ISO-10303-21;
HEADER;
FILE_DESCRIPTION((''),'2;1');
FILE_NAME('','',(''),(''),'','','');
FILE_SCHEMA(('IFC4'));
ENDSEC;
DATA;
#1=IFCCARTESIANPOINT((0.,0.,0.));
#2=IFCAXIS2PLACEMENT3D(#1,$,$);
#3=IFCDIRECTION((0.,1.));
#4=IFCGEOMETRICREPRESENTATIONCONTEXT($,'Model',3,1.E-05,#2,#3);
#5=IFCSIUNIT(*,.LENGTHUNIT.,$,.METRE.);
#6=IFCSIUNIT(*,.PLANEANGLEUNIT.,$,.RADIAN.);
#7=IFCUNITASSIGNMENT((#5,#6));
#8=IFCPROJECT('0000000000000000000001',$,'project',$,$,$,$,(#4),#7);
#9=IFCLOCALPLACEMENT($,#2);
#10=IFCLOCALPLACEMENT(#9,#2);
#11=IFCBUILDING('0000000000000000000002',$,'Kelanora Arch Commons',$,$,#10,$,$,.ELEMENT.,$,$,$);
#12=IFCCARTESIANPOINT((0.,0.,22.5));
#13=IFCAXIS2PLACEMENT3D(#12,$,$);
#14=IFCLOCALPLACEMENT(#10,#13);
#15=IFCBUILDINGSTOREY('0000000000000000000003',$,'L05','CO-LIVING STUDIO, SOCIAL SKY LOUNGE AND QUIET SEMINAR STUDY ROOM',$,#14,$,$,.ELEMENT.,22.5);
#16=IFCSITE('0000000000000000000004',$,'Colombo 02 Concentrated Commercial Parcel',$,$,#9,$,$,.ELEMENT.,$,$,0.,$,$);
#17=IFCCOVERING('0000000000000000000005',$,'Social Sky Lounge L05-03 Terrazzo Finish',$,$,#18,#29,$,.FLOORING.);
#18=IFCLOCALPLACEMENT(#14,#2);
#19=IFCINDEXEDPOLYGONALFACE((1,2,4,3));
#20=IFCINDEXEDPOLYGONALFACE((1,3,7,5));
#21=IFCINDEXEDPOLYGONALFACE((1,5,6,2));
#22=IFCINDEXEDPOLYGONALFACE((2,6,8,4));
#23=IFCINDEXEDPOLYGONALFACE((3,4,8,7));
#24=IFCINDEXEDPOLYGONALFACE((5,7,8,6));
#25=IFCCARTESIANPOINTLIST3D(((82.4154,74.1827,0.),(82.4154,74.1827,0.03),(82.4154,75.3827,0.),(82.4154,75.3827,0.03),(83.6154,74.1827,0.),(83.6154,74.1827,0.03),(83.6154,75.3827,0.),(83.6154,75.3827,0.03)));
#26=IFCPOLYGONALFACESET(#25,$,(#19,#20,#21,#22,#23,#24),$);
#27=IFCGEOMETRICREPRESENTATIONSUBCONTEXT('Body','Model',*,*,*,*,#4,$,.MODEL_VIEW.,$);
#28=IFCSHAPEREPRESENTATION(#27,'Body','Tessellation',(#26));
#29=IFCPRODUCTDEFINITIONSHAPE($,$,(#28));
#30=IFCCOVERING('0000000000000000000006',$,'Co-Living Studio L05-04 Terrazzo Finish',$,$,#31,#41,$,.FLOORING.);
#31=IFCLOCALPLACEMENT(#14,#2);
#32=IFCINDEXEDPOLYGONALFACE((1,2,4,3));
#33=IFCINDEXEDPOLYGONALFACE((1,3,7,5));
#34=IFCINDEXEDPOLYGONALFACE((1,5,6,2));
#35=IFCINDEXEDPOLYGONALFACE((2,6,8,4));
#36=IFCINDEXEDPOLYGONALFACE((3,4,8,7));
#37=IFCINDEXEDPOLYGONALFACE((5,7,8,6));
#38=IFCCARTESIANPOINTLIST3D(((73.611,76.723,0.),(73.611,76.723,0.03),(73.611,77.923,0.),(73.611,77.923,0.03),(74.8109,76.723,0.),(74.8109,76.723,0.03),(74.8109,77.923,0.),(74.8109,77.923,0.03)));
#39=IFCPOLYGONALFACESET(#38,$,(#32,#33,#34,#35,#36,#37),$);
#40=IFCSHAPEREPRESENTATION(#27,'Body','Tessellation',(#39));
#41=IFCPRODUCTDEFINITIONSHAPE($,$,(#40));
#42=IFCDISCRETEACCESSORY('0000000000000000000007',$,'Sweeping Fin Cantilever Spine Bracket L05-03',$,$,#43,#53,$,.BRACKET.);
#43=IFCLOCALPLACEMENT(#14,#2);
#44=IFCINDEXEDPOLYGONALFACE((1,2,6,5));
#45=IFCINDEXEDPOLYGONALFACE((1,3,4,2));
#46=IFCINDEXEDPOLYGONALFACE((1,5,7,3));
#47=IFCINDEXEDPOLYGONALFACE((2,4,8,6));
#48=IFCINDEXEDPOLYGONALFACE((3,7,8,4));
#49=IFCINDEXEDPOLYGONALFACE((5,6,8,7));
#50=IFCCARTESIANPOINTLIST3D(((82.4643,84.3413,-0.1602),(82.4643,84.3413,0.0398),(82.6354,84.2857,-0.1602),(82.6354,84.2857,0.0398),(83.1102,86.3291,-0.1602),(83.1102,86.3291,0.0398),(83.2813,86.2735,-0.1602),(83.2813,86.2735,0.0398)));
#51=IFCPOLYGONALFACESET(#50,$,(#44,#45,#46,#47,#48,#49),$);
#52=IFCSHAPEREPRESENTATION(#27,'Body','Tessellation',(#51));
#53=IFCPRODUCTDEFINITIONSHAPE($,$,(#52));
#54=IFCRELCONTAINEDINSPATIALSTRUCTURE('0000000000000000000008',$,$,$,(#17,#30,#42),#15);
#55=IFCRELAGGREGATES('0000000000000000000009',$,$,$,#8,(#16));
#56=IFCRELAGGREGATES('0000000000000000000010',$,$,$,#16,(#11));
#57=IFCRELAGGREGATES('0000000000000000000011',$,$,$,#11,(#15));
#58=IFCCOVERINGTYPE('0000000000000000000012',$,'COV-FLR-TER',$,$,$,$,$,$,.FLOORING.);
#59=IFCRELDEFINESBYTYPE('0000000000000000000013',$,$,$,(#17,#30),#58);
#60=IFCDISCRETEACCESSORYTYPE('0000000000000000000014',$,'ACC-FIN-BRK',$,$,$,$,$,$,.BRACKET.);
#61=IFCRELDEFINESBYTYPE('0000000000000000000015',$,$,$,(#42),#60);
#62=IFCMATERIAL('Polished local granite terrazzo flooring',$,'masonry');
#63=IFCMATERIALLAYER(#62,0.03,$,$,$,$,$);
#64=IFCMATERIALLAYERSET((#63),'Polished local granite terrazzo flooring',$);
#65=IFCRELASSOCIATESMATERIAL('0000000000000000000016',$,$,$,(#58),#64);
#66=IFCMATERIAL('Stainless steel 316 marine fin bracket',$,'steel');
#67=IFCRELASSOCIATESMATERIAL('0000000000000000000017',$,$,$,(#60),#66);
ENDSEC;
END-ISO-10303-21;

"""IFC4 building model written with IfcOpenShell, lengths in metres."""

from ifc_helpers import new_model, si_unit, direction, frame, origin, origin_2d, place, context, subcontext, project, spatial, rectangle, extrude, source, transform, mapped, material, layer, layer_set, type_object, element, save


model = new_model("IFC4")

# Units and contexts
model_context = context("Model", 3, precision=1e-05, world=origin(), true_north=direction((0.0, 1.0)))
body_context = subcontext(model_context, "Body", "Model", "MODEL_VIEW")
ifc_project = project(units=[si_unit("LENGTHUNIT", "METRE"), si_unit("PLANEANGLEUNIT", "RADIAN")], contexts=[model_context])

# Site, building, storey
site_placement = place(None, origin())
site = spatial("IfcSite", under=ifc_project, at=site_placement, Name="Colombo 02 Concentrated Commercial Parcel", CompositionType="ELEMENT", RefElevation=0.0)
building_placement = place(site_placement, origin())
building = spatial("IfcBuilding", under=site, at=building_placement, Name="Kelanora Arch Commons", CompositionType="ELEMENT")
storey_placement = place(building_placement, frame((0.0, 0.0, 22.5)))
storey = spatial("IfcBuildingStorey", under=building, at=storey_placement, Name="L05", Description="CO-LIVING STUDIO, SOCIAL SKY LOUNGE AND QUIET SEMINAR STUDY ROOM", CompositionType="ELEMENT", Elevation=22.5)

# Coverings
ifc_material_1 = material(Name="Polished local granite terrazzo flooring", Category="masonry")
ifc_layer_1 = layer(ifc_material_1, 0.03)
ifc_layer_set_1 = layer_set([ifc_layer_1], Name="Polished local granite terrazzo flooring")
covering_type = type_object("IfcCoveringType", Name="COV-FLR-TER", PredefinedType="FLOORING", material=ifc_layer_set_1)
shared_shape_1 = source(origin(), body_context, "Body", "SweptSolid", [
    extrude(rectangle(XDim=1.2, YDim=1.2, at=origin_2d()), origin(), (0.0, 0.0, 1.0), 0.03),
])
for number, where, z_axis, x_axis, name in (
    (1, (83.0154, 74.7827, 0.0), (0.0, 0.0, 1.0), (1.0, 0.0, 0.0), "Social Sky Lounge L05-03 Terrazzo Finish"),
    (2, (74.2109, 77.323, 0.0), (0.0, 0.0, 1.0), (1.0, 0.0, 0.0), "Co-Living Studio L05-04 Terrazzo Finish"),
):
    element("IfcCovering", number, at=place(storey_placement, frame(where, z_axis=z_axis, x_axis=x_axis)), inside=storey, type_object=covering_type, Name=name, PredefinedType="FLOORING", context=body_context, shape_type="MappedRepresentation", body=[
        mapped(shared_shape_1, transform((0.0, 0.0, 0.0), scale=1.0)),
    ])

# Discrete accessory
ifc_material_2 = material(Name="Stainless steel 316 marine fin bracket", Category="steel")
discrete_accessory_type = type_object("IfcDiscreteAccessoryType", Name="ACC-FIN-BRK", PredefinedType="BRACKET", material=ifc_material_2)
shared_shape_2 = source(origin(), body_context, "Body", "SweptSolid", [
    extrude(rectangle(XDim=2.0901, YDim=0.1799, at=origin_2d()), origin(), (0.0, 0.0, 1.0), 0.2),
])
discrete_accessory_placement = place(storey_placement, frame((82.8728, 85.3074, -0.1602), z_axis=(0.0, 0.0, 1.0), x_axis=(0.309017, 0.951057, 0.0)))
element("IfcDiscreteAccessory", 3, at=discrete_accessory_placement, inside=storey, type_object=discrete_accessory_type, Name="Sweeping Fin Cantilever Spine Bracket L05-03", PredefinedType="BRACKET", context=body_context, shape_type="MappedRepresentation", body=[
    mapped(shared_shape_2, transform((0.0, 0.0, 0.0), scale=1.0)),
])

save(model, "model.ifc")
